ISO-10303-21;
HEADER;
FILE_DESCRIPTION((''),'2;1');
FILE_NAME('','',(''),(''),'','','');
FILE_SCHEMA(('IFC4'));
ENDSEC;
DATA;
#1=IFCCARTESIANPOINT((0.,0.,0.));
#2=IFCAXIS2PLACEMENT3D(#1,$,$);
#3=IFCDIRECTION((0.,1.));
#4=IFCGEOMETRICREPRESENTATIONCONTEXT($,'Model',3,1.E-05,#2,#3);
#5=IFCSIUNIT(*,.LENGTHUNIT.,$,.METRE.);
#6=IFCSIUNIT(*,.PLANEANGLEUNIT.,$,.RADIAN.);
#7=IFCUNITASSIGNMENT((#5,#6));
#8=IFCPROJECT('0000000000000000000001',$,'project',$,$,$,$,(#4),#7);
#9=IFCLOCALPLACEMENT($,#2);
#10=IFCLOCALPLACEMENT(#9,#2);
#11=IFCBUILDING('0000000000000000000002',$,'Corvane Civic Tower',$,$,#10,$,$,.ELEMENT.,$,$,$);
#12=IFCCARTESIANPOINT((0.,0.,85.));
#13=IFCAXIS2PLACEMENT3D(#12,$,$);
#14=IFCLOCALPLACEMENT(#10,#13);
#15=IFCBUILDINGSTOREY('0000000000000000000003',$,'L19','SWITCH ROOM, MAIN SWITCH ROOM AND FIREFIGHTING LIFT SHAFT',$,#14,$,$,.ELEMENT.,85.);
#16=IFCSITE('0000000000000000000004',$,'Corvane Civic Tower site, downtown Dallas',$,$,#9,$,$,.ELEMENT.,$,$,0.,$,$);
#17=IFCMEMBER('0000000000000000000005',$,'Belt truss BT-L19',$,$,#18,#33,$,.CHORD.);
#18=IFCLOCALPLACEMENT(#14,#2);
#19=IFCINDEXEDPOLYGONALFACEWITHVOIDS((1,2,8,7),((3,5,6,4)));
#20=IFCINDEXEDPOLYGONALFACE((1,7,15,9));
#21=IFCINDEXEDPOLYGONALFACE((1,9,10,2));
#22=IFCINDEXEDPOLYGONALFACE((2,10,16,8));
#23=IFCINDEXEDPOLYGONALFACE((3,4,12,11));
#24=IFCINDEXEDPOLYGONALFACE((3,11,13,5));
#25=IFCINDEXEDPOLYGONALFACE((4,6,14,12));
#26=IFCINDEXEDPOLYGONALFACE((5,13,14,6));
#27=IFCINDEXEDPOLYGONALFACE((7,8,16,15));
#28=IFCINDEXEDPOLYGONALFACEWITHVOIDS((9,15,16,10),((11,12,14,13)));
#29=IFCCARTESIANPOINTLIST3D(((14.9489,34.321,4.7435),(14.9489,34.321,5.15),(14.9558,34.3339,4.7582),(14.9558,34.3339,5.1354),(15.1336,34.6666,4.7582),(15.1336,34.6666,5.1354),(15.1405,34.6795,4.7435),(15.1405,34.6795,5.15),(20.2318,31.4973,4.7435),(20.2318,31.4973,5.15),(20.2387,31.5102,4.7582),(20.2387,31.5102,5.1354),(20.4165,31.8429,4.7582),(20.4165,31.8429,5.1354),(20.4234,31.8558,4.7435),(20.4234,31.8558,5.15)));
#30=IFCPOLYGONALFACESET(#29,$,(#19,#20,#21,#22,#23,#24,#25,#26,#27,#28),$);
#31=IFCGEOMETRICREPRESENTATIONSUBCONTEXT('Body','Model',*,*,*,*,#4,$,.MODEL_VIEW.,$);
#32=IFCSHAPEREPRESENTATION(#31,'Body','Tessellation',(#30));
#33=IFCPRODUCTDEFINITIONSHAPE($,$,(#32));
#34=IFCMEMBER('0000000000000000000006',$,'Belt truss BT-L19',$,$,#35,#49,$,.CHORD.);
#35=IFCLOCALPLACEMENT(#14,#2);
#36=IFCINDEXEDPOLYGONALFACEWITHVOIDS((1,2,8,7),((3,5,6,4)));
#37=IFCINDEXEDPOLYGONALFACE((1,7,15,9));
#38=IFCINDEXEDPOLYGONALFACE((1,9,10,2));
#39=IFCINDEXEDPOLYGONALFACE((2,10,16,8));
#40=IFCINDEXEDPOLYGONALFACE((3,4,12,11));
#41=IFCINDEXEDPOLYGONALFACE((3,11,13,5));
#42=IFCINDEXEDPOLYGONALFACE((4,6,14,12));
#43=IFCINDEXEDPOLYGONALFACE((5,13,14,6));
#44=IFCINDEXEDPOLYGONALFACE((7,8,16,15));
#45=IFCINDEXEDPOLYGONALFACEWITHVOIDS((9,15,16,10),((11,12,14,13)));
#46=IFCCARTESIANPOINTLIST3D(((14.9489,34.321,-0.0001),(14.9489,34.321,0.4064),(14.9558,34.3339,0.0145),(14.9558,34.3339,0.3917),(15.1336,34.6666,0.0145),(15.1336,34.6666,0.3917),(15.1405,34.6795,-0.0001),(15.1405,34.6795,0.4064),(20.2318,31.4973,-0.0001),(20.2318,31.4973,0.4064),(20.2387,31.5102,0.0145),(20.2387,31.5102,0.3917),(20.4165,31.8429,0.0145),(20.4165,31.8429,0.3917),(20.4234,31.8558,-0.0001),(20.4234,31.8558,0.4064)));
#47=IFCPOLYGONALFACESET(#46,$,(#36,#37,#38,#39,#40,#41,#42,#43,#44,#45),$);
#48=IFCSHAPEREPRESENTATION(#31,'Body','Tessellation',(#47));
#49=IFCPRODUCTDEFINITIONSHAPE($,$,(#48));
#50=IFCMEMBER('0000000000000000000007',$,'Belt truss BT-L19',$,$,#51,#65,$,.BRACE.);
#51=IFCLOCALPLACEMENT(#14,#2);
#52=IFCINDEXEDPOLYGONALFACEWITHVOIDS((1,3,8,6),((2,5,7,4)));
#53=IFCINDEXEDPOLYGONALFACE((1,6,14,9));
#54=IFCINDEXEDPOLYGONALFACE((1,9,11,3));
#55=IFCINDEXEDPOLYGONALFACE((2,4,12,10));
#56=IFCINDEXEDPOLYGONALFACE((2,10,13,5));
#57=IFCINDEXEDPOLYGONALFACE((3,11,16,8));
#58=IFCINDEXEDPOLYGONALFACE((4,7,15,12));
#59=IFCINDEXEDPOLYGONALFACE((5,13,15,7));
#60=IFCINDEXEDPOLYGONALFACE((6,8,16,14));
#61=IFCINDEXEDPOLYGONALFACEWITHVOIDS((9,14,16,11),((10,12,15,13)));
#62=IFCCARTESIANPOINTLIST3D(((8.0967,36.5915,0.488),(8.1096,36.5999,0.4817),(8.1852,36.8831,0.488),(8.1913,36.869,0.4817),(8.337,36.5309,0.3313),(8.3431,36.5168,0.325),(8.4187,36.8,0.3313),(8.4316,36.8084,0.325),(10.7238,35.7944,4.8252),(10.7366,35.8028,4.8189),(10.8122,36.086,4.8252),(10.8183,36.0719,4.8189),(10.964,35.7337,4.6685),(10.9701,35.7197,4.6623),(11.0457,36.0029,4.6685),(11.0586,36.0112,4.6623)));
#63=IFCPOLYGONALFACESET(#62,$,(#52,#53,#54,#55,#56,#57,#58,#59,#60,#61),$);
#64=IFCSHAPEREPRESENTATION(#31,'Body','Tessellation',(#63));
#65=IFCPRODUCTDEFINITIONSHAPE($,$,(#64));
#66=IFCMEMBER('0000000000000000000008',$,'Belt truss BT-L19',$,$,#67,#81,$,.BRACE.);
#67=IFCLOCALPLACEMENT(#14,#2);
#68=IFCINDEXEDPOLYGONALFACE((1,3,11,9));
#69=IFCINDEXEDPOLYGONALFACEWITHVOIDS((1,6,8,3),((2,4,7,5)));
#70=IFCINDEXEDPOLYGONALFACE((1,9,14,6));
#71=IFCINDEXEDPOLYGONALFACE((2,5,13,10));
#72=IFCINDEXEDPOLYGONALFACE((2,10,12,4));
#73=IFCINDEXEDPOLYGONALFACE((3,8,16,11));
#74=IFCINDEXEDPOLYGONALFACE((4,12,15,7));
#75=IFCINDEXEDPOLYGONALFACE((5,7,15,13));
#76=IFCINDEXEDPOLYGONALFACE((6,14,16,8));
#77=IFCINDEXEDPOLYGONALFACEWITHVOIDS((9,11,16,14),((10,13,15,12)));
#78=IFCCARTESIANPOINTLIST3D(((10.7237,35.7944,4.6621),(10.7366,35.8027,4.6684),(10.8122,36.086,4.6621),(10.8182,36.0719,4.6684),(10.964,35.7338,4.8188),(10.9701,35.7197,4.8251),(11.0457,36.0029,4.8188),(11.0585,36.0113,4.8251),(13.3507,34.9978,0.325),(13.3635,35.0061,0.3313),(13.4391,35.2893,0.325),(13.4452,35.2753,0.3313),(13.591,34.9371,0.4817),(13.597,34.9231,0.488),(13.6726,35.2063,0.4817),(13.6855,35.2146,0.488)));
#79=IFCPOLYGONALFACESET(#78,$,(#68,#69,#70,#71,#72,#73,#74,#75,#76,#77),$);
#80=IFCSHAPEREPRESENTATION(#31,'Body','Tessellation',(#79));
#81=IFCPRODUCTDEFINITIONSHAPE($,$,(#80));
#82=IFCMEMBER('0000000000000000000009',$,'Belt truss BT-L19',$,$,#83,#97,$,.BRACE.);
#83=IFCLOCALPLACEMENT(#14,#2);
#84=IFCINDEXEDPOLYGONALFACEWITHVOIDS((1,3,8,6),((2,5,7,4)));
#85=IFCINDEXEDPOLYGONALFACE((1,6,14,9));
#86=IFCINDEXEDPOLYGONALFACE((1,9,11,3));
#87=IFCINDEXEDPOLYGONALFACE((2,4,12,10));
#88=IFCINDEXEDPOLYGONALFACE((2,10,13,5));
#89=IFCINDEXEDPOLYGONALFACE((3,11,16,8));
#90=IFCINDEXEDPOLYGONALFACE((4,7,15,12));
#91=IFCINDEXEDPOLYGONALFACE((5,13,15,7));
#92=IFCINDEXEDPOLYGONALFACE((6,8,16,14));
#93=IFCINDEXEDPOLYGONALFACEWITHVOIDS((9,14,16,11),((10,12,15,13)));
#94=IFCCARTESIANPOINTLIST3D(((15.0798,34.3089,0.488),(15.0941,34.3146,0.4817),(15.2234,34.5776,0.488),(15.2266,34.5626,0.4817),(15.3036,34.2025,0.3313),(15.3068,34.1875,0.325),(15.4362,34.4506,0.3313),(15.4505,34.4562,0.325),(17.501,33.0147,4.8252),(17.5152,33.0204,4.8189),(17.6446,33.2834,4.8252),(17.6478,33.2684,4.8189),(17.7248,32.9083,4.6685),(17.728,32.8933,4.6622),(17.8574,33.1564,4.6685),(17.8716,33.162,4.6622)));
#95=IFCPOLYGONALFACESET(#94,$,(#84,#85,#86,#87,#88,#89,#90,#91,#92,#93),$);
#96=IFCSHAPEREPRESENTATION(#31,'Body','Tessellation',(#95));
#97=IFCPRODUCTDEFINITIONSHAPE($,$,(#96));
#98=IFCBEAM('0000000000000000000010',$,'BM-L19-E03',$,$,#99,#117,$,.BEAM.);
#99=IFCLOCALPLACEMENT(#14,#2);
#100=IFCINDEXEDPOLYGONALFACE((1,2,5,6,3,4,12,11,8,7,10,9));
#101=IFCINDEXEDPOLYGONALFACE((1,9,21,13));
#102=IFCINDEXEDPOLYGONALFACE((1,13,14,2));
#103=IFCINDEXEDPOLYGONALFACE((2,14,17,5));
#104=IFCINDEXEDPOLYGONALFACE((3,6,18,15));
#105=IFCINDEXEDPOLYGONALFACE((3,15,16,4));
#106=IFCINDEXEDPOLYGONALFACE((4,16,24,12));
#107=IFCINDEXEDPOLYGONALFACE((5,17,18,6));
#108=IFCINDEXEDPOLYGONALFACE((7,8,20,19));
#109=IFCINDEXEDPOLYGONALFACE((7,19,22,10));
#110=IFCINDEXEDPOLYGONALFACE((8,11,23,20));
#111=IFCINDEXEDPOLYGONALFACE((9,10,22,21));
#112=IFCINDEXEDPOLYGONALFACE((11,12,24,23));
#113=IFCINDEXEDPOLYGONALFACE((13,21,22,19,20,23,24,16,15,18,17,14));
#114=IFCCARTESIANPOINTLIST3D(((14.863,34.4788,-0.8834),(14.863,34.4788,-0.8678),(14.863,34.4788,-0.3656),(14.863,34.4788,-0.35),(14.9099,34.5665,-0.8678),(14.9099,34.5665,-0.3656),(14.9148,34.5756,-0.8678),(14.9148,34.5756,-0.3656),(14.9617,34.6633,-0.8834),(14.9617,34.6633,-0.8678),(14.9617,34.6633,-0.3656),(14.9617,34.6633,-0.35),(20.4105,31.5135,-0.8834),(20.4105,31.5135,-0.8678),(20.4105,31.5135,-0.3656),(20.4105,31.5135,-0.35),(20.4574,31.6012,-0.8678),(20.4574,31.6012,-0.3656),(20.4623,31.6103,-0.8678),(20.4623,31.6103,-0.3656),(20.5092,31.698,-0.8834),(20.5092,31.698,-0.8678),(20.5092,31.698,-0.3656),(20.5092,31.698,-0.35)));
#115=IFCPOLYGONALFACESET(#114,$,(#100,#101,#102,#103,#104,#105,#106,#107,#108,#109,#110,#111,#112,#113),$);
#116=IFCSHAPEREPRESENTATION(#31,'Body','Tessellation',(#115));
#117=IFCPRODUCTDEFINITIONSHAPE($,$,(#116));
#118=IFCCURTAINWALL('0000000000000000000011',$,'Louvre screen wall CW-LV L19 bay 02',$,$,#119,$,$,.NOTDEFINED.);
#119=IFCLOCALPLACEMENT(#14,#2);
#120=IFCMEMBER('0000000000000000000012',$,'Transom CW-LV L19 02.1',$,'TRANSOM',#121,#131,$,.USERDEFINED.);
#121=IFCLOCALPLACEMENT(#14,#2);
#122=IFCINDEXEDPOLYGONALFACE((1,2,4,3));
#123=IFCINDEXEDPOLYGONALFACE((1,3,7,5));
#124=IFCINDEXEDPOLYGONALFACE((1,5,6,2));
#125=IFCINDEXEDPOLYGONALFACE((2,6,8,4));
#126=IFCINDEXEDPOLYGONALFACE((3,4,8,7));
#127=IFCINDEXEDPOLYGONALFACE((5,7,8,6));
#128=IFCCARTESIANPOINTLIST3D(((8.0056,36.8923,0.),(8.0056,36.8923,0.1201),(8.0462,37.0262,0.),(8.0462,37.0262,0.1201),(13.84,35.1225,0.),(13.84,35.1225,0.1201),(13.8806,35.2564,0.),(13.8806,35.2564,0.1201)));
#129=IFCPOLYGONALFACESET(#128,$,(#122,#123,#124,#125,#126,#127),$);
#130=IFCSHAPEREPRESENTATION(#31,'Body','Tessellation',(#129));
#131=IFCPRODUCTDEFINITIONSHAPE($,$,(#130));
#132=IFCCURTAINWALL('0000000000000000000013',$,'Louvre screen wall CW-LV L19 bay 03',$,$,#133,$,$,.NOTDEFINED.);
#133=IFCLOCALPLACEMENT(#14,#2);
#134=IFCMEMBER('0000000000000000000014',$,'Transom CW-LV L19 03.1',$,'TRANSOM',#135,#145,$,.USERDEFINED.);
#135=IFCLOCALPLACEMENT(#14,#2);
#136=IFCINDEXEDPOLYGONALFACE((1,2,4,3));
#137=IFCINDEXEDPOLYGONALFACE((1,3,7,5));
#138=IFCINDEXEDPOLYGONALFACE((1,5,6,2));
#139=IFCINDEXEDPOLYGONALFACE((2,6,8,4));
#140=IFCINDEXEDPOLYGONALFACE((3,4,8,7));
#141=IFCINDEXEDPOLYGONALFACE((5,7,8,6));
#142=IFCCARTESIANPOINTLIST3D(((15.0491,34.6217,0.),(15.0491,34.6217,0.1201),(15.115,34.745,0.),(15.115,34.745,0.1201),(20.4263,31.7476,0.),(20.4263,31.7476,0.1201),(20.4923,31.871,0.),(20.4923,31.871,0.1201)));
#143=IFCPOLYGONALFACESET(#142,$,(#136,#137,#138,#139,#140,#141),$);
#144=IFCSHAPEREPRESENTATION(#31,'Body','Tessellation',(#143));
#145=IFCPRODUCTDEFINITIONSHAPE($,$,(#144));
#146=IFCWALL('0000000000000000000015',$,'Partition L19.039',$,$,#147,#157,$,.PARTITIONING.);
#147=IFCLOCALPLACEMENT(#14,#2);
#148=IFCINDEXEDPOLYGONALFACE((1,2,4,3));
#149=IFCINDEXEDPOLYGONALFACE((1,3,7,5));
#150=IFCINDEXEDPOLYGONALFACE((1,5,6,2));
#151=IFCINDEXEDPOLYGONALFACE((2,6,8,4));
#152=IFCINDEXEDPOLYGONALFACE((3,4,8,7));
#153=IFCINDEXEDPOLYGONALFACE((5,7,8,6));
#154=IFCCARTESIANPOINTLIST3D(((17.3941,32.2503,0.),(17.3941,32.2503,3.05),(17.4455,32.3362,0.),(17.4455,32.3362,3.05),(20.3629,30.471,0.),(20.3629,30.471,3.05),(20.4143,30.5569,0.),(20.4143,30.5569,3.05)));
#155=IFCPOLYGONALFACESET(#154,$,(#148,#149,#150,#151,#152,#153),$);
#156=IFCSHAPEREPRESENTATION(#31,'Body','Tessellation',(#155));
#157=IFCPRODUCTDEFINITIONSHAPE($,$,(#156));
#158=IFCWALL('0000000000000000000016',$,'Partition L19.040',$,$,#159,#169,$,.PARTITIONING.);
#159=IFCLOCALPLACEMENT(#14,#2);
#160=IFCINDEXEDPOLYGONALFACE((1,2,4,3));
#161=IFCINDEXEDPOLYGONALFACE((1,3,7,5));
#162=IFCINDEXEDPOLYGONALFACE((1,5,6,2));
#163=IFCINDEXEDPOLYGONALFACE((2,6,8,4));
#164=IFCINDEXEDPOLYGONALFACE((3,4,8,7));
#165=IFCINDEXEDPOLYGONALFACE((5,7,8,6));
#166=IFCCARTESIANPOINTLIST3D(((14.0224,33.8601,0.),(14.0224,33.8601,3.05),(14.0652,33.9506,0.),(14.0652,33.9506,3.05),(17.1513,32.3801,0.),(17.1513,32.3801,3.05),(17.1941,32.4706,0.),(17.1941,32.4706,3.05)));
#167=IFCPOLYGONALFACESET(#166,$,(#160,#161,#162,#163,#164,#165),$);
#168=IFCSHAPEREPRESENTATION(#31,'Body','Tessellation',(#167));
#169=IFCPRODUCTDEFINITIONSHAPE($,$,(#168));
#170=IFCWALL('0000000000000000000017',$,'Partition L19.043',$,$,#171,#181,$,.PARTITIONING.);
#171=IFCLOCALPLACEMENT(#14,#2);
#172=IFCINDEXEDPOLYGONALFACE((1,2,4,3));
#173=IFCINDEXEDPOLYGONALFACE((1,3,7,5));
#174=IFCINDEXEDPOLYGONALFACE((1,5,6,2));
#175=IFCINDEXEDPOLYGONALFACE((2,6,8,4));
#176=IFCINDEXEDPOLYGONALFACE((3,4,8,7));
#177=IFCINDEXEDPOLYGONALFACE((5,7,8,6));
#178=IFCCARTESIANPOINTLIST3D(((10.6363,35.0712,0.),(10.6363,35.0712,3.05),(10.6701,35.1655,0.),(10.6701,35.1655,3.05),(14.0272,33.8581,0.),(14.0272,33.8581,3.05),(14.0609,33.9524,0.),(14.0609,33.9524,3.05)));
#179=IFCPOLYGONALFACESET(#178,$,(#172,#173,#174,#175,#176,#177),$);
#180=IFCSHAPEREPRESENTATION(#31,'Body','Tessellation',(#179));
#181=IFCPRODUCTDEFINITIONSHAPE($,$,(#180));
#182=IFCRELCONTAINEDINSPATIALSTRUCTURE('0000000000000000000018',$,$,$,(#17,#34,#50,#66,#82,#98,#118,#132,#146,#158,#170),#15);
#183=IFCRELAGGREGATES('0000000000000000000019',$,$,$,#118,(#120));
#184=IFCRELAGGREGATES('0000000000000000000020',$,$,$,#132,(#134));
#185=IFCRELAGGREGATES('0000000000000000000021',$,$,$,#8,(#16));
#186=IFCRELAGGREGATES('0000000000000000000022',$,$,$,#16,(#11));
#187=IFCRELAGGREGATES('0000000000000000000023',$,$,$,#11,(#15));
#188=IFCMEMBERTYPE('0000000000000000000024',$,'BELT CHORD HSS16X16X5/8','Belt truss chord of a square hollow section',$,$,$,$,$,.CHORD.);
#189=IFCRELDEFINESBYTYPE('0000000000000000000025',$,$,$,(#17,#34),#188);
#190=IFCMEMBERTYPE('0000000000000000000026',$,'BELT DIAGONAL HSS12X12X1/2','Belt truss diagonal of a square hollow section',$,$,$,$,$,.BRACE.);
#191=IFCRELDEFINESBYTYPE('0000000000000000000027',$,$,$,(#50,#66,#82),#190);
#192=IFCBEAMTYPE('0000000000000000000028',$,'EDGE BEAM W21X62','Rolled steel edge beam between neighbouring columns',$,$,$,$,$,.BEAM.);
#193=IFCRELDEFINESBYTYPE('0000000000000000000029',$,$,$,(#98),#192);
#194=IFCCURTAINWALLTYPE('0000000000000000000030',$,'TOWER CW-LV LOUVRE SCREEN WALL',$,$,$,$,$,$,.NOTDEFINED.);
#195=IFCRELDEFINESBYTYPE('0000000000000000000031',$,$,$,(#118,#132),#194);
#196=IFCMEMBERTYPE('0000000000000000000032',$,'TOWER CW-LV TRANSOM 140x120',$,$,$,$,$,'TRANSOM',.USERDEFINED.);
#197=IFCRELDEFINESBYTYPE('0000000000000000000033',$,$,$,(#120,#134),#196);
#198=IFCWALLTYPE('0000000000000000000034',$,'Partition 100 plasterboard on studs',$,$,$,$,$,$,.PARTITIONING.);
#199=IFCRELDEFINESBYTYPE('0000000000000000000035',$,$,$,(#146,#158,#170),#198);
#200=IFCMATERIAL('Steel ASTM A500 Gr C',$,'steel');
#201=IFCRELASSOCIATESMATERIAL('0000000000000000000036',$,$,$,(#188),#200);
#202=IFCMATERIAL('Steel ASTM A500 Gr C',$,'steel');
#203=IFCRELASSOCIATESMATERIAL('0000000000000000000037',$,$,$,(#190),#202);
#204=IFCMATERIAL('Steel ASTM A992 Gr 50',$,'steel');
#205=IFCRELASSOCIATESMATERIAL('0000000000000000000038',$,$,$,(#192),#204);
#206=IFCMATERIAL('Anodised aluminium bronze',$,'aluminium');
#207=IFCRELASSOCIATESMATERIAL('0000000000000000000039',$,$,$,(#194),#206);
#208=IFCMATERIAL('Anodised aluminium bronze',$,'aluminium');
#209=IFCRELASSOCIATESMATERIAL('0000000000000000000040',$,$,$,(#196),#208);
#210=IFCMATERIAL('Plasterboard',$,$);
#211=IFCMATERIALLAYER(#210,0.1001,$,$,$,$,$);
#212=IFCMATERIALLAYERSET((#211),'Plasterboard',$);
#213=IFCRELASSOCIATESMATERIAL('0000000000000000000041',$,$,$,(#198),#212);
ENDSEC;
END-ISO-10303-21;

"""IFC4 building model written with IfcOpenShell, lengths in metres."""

from ifc_helpers import new_model, si_unit, direction, frame, frame_2d, origin, origin_2d, place, context, subcontext, project, spatial, rectangle, hollow_rectangle, i_section, extrude, material, layer, layer_set, material_profile, profile_set, type_object, element, aggregate, save


model = new_model("IFC4")

# Units and contexts
model_context = context("Model", 3, precision=1e-05, world=origin(), true_north=direction((0.0, 1.0)))
body_context = subcontext(model_context, "Body", "Model", "MODEL_VIEW")
ifc_project = project(units=[si_unit("LENGTHUNIT", "METRE"), si_unit("PLANEANGLEUNIT", "RADIAN")], contexts=[model_context])

# Site, building, storey
site_placement = place(None, origin())
site = spatial("IfcSite", under=ifc_project, at=site_placement, Name="Corvane Civic Tower site, downtown Dallas", CompositionType="ELEMENT", RefElevation=0.0)
building_placement = place(site_placement, origin())
building = spatial("IfcBuilding", under=site, at=building_placement, Name="Corvane Civic Tower", CompositionType="ELEMENT")
storey_placement = place(building_placement, frame((0.0, 0.0, 85.0)))
storey = spatial("IfcBuildingStorey", under=building, at=storey_placement, Name="L19", Description="SWITCH ROOM, MAIN SWITCH ROOM AND FIREFIGHTING LIFT SHAFT", CompositionType="ELEMENT", Elevation=85.0)

# Members
ifc_material_1 = material(Name="Steel ASTM A500 Gr C", Category="steel")
ifc_material_profile_1 = material_profile(ifc_material_1, hollow_rectangle(XDim=0.4065, YDim=0.4065, WallThickness=0.0146, at=origin_2d()), Name="HSS16X16X5/8")
ifc_profile_set_1 = profile_set([ifc_material_profile_1], Name="Steel ASTM A500 Gr C")
member_type_1 = type_object("IfcMemberType", Name="BELT CHORD HSS16X16X5/8", Description="Belt truss chord of a square hollow section", PredefinedType="CHORD", material=ifc_profile_set_1)
for number, where, z_axis, x_axis, name in (
    (1, (15.0447, 34.5002, 4.9468), (0.881926, -0.471388, 0.0), (0.471388, 0.881926, 0.0), "Belt truss BT-L19"),
    (2, (15.0447, 34.5002, 0.2031), (0.881926, -0.471388, 0.0), (0.471388, 0.881926, 0.0), "Belt truss BT-L19"),
):
    element("IfcMember", number, at=place(storey_placement, frame(where, z_axis=z_axis, x_axis=x_axis)), inside=storey, type_object=member_type_1, Name=name, PredefinedType="CHORD", context=body_context, shape_type="SweptSolid", body=[
        extrude(hollow_rectangle(XDim=0.4065, YDim=0.4065, WallThickness=0.0146, at=origin_2d()), origin(), (0.0, 0.0, 1.0), 5.9902),
    ])
ifc_material_2 = material(Name="Steel ASTM A500 Gr C", Category="steel")
ifc_material_profile_2 = material_profile(ifc_material_2, hollow_rectangle(XDim=0.3047, YDim=0.3047, WallThickness=0.0117, at=origin_2d()), Name="HSS12X12X1/2")
ifc_profile_set_2 = profile_set([ifc_material_profile_2], Name="Steel ASTM A500 Gr C")
member_type_2 = type_object("IfcMemberType", Name="BELT DIAGONAL HSS12X12X1/2", Description="Belt truss diagonal of a square hollow section", PredefinedType="BRACE", material=ifc_profile_set_2)
member_1_placement = place(storey_placement, frame((8.2642, 36.7, 0.4065), z_axis=(0.511782, -0.155294, 0.844963), x_axis=(0.290365, 0.956916, 0.0)))
element("IfcMember", 3, at=member_1_placement, inside=storey, type_object=member_type_2, Name="Belt truss BT-L19", PredefinedType="BRACE", context=body_context, shape_type="SweptSolid", body=[
    extrude(hollow_rectangle(XDim=0.3047, YDim=0.3047, WallThickness=0.0117, at=origin_2d()), origin(), (0.0, 0.0, 1.0), 5.1331),
])
member_2_placement = place(storey_placement, frame((13.5181, 35.1062, 0.4065), z_axis=(-0.511789, 0.155202, 0.844976), x_axis=(-0.290202, -0.956965, 0.0)))
element("IfcMember", 4, at=member_2_placement, inside=storey, type_object=member_type_2, Name="Belt truss BT-L19", PredefinedType="BRACE", context=body_context, shape_type="SweptSolid", body=[
    extrude(hollow_rectangle(XDim=0.3047, YDim=0.3047, WallThickness=0.0117, at=origin_2d()), origin(), (0.0, 0.0, 1.0), 5.1328),
])
member_3_placement = place(storey_placement, frame((15.2651, 34.3826, 0.4065), z_axis=(0.471681, -0.252131, 0.844954), x_axis=(0.471414, 0.881912, 0.0)))
element("IfcMember", 5, at=member_3_placement, inside=storey, type_object=member_type_2, Name="Belt truss BT-L19", PredefinedType="BRACE", context=body_context, shape_type="SweptSolid", body=[
    extrude(hollow_rectangle(XDim=0.3047, YDim=0.3047, WallThickness=0.0117, at=origin_2d()), origin(), (0.0, 0.0, 1.0), 5.1331),
])

# Beam
ifc_material_3 = material(Name="Steel ASTM A992 Gr 50", Category="steel")
ifc_material_profile_3 = material_profile(ifc_material_3, i_section(OverallWidth=0.2092, OverallDepth=0.5334, WebThickness=0.0103, FlangeThickness=0.0156, at=origin_2d()), Name="W21X62")
ifc_profile_set_3 = profile_set([ifc_material_profile_3], Name="Steel ASTM A992 Gr 50")
beam_type = type_object("IfcBeamType", Name="EDGE BEAM W21X62", Description="Rolled steel edge beam between neighbouring columns", PredefinedType="BEAM", material=ifc_profile_set_3)
beam_placement = place(storey_placement, frame((14.9124, 34.571, -0.6167), z_axis=(0.881916, -0.471406, 0.0), x_axis=(0.471406, 0.881916, 0.0)))
element("IfcBeam", 6, at=beam_placement, inside=storey, type_object=beam_type, Name="BM-L19-E03", PredefinedType="BEAM", context=body_context, shape_type="SweptSolid", body=[
    extrude(i_section(OverallWidth=0.2092, OverallDepth=0.5334, WebThickness=0.0103, FlangeThickness=0.0156, at=origin_2d()), origin(), (0.0, 0.0, 1.0), 6.2903),
])

# Curtain walls, members
ifc_material_4 = material(Name="Anodised aluminium bronze", Category="aluminium")
curtain_wall_type = type_object("IfcCurtainWallType", Name="TOWER CW-LV LOUVRE SCREEN WALL", PredefinedType="NOTDEFINED", material=ifc_material_4)
curtain_wall_1_placement = place(storey_placement, origin())
curtain_wall_1 = element("IfcCurtainWall", 7, at=curtain_wall_1_placement, inside=storey, type_object=curtain_wall_type, Name="Louvre screen wall CW-LV L19 bay 02", PredefinedType="NOTDEFINED")
ifc_material_5 = material(Name="Anodised aluminium bronze", Category="aluminium")
ifc_material_profile_4 = material_profile(ifc_material_5, rectangle(XDim=0.1399, YDim=0.1201, at=origin_2d()), Name="TOWER CW-LV TRANSOM 140x120")
ifc_profile_set_4 = profile_set([ifc_material_profile_4], Name="Anodised aluminium bronze")
member_type_3 = type_object("IfcMemberType", Name="TOWER CW-LV TRANSOM 140x120", ElementType="TRANSOM", PredefinedType="USERDEFINED", material=ifc_profile_set_4)
member_4_placement = place(storey_placement, frame((8.0259, 36.9592, 0.0601), z_axis=(0.956945, -0.290271, 0.0), x_axis=(0.290271, 0.956945, 0.0)))
member_4 = element("IfcMember", 8, at=member_4_placement, type_object=member_type_3, Name="Transom CW-LV L19 02.1", ObjectType="TRANSOM", PredefinedType="USERDEFINED", context=body_context, shape_type="SweptSolid", body=[
    extrude(rectangle(XDim=0.1399, YDim=0.1201, at=origin_2d()), origin(), (0.0, 0.0, 1.0), 6.0969),
])
curtain_wall_2_placement = place(storey_placement, origin())
curtain_wall_2 = element("IfcCurtainWall", 9, at=curtain_wall_2_placement, inside=storey, type_object=curtain_wall_type, Name="Louvre screen wall CW-LV L19 bay 03", PredefinedType="NOTDEFINED")
member_5_placement = place(storey_placement, frame((15.082, 34.6833, 0.0601), z_axis=(0.881931, -0.471378, 0.0), x_axis=(0.471378, 0.881931, 0.0)))
member_5 = element("IfcMember", 10, at=member_5_placement, type_object=member_type_3, Name="Transom CW-LV L19 03.1", ObjectType="TRANSOM", PredefinedType="USERDEFINED", context=body_context, shape_type="SweptSolid", body=[
    extrude(rectangle(XDim=0.1399, YDim=0.1201, at=origin_2d()), origin(), (0.0, 0.0, 1.0), 6.0972),
])

# Walls
ifc_material_6 = material(Name="Plasterboard")
ifc_layer_1 = layer(ifc_material_6, 0.1001)
ifc_layer_set_1 = layer_set([ifc_layer_1], Name="Plasterboard")
wall_type_1 = type_object("IfcWallType", Name="Partition 100 plasterboard on studs", PredefinedType="PARTITIONING", material=ifc_layer_set_1)
for number, where, z_axis, x_axis, name in (
    (11, (17.4199, 32.2932, 0.0), (0.0, 0.0, 1.0), (0.857742, -0.514081, 0.0), "Partition L19.039"),
    (12, (14.0439, 33.9053, 0.0), (0.0, 0.0, 1.0), (0.903976, -0.427583, 0.0), "Partition L19.040"),
):
    element("IfcWall", number, at=place(storey_placement, frame(where, z_axis=z_axis, x_axis=x_axis)), inside=storey, type_object=wall_type_1, Name=name, PredefinedType="PARTITIONING", context=body_context, shape_type="SweptSolid", body=[
        extrude(rectangle(XDim=3.4612, YDim=0.1001, at=frame_2d((1.7305, 0.0))), origin(), (0.0, 0.0, 1.0), 3.05),
    ])
wall_1_placement = place(storey_placement, frame((10.6531, 35.1184, 0.0), z_axis=(0.0, 0.0, 1.0), x_axis=(0.941556, -0.336856, 0.0)))
element("IfcWall", 13, at=wall_1_placement, inside=storey, type_object=wall_type_1, Name="Partition L19.043", PredefinedType="PARTITIONING", context=body_context, shape_type="SweptSolid", body=[
    extrude(rectangle(XDim=3.6013, YDim=0.1001, at=frame_2d((1.8008, 0.0))), origin(), (0.0, 0.0, 1.0), 3.05),
])

aggregate(curtain_wall_1, [member_4])
aggregate(curtain_wall_2, [member_5])

save(model, "model.ifc")
